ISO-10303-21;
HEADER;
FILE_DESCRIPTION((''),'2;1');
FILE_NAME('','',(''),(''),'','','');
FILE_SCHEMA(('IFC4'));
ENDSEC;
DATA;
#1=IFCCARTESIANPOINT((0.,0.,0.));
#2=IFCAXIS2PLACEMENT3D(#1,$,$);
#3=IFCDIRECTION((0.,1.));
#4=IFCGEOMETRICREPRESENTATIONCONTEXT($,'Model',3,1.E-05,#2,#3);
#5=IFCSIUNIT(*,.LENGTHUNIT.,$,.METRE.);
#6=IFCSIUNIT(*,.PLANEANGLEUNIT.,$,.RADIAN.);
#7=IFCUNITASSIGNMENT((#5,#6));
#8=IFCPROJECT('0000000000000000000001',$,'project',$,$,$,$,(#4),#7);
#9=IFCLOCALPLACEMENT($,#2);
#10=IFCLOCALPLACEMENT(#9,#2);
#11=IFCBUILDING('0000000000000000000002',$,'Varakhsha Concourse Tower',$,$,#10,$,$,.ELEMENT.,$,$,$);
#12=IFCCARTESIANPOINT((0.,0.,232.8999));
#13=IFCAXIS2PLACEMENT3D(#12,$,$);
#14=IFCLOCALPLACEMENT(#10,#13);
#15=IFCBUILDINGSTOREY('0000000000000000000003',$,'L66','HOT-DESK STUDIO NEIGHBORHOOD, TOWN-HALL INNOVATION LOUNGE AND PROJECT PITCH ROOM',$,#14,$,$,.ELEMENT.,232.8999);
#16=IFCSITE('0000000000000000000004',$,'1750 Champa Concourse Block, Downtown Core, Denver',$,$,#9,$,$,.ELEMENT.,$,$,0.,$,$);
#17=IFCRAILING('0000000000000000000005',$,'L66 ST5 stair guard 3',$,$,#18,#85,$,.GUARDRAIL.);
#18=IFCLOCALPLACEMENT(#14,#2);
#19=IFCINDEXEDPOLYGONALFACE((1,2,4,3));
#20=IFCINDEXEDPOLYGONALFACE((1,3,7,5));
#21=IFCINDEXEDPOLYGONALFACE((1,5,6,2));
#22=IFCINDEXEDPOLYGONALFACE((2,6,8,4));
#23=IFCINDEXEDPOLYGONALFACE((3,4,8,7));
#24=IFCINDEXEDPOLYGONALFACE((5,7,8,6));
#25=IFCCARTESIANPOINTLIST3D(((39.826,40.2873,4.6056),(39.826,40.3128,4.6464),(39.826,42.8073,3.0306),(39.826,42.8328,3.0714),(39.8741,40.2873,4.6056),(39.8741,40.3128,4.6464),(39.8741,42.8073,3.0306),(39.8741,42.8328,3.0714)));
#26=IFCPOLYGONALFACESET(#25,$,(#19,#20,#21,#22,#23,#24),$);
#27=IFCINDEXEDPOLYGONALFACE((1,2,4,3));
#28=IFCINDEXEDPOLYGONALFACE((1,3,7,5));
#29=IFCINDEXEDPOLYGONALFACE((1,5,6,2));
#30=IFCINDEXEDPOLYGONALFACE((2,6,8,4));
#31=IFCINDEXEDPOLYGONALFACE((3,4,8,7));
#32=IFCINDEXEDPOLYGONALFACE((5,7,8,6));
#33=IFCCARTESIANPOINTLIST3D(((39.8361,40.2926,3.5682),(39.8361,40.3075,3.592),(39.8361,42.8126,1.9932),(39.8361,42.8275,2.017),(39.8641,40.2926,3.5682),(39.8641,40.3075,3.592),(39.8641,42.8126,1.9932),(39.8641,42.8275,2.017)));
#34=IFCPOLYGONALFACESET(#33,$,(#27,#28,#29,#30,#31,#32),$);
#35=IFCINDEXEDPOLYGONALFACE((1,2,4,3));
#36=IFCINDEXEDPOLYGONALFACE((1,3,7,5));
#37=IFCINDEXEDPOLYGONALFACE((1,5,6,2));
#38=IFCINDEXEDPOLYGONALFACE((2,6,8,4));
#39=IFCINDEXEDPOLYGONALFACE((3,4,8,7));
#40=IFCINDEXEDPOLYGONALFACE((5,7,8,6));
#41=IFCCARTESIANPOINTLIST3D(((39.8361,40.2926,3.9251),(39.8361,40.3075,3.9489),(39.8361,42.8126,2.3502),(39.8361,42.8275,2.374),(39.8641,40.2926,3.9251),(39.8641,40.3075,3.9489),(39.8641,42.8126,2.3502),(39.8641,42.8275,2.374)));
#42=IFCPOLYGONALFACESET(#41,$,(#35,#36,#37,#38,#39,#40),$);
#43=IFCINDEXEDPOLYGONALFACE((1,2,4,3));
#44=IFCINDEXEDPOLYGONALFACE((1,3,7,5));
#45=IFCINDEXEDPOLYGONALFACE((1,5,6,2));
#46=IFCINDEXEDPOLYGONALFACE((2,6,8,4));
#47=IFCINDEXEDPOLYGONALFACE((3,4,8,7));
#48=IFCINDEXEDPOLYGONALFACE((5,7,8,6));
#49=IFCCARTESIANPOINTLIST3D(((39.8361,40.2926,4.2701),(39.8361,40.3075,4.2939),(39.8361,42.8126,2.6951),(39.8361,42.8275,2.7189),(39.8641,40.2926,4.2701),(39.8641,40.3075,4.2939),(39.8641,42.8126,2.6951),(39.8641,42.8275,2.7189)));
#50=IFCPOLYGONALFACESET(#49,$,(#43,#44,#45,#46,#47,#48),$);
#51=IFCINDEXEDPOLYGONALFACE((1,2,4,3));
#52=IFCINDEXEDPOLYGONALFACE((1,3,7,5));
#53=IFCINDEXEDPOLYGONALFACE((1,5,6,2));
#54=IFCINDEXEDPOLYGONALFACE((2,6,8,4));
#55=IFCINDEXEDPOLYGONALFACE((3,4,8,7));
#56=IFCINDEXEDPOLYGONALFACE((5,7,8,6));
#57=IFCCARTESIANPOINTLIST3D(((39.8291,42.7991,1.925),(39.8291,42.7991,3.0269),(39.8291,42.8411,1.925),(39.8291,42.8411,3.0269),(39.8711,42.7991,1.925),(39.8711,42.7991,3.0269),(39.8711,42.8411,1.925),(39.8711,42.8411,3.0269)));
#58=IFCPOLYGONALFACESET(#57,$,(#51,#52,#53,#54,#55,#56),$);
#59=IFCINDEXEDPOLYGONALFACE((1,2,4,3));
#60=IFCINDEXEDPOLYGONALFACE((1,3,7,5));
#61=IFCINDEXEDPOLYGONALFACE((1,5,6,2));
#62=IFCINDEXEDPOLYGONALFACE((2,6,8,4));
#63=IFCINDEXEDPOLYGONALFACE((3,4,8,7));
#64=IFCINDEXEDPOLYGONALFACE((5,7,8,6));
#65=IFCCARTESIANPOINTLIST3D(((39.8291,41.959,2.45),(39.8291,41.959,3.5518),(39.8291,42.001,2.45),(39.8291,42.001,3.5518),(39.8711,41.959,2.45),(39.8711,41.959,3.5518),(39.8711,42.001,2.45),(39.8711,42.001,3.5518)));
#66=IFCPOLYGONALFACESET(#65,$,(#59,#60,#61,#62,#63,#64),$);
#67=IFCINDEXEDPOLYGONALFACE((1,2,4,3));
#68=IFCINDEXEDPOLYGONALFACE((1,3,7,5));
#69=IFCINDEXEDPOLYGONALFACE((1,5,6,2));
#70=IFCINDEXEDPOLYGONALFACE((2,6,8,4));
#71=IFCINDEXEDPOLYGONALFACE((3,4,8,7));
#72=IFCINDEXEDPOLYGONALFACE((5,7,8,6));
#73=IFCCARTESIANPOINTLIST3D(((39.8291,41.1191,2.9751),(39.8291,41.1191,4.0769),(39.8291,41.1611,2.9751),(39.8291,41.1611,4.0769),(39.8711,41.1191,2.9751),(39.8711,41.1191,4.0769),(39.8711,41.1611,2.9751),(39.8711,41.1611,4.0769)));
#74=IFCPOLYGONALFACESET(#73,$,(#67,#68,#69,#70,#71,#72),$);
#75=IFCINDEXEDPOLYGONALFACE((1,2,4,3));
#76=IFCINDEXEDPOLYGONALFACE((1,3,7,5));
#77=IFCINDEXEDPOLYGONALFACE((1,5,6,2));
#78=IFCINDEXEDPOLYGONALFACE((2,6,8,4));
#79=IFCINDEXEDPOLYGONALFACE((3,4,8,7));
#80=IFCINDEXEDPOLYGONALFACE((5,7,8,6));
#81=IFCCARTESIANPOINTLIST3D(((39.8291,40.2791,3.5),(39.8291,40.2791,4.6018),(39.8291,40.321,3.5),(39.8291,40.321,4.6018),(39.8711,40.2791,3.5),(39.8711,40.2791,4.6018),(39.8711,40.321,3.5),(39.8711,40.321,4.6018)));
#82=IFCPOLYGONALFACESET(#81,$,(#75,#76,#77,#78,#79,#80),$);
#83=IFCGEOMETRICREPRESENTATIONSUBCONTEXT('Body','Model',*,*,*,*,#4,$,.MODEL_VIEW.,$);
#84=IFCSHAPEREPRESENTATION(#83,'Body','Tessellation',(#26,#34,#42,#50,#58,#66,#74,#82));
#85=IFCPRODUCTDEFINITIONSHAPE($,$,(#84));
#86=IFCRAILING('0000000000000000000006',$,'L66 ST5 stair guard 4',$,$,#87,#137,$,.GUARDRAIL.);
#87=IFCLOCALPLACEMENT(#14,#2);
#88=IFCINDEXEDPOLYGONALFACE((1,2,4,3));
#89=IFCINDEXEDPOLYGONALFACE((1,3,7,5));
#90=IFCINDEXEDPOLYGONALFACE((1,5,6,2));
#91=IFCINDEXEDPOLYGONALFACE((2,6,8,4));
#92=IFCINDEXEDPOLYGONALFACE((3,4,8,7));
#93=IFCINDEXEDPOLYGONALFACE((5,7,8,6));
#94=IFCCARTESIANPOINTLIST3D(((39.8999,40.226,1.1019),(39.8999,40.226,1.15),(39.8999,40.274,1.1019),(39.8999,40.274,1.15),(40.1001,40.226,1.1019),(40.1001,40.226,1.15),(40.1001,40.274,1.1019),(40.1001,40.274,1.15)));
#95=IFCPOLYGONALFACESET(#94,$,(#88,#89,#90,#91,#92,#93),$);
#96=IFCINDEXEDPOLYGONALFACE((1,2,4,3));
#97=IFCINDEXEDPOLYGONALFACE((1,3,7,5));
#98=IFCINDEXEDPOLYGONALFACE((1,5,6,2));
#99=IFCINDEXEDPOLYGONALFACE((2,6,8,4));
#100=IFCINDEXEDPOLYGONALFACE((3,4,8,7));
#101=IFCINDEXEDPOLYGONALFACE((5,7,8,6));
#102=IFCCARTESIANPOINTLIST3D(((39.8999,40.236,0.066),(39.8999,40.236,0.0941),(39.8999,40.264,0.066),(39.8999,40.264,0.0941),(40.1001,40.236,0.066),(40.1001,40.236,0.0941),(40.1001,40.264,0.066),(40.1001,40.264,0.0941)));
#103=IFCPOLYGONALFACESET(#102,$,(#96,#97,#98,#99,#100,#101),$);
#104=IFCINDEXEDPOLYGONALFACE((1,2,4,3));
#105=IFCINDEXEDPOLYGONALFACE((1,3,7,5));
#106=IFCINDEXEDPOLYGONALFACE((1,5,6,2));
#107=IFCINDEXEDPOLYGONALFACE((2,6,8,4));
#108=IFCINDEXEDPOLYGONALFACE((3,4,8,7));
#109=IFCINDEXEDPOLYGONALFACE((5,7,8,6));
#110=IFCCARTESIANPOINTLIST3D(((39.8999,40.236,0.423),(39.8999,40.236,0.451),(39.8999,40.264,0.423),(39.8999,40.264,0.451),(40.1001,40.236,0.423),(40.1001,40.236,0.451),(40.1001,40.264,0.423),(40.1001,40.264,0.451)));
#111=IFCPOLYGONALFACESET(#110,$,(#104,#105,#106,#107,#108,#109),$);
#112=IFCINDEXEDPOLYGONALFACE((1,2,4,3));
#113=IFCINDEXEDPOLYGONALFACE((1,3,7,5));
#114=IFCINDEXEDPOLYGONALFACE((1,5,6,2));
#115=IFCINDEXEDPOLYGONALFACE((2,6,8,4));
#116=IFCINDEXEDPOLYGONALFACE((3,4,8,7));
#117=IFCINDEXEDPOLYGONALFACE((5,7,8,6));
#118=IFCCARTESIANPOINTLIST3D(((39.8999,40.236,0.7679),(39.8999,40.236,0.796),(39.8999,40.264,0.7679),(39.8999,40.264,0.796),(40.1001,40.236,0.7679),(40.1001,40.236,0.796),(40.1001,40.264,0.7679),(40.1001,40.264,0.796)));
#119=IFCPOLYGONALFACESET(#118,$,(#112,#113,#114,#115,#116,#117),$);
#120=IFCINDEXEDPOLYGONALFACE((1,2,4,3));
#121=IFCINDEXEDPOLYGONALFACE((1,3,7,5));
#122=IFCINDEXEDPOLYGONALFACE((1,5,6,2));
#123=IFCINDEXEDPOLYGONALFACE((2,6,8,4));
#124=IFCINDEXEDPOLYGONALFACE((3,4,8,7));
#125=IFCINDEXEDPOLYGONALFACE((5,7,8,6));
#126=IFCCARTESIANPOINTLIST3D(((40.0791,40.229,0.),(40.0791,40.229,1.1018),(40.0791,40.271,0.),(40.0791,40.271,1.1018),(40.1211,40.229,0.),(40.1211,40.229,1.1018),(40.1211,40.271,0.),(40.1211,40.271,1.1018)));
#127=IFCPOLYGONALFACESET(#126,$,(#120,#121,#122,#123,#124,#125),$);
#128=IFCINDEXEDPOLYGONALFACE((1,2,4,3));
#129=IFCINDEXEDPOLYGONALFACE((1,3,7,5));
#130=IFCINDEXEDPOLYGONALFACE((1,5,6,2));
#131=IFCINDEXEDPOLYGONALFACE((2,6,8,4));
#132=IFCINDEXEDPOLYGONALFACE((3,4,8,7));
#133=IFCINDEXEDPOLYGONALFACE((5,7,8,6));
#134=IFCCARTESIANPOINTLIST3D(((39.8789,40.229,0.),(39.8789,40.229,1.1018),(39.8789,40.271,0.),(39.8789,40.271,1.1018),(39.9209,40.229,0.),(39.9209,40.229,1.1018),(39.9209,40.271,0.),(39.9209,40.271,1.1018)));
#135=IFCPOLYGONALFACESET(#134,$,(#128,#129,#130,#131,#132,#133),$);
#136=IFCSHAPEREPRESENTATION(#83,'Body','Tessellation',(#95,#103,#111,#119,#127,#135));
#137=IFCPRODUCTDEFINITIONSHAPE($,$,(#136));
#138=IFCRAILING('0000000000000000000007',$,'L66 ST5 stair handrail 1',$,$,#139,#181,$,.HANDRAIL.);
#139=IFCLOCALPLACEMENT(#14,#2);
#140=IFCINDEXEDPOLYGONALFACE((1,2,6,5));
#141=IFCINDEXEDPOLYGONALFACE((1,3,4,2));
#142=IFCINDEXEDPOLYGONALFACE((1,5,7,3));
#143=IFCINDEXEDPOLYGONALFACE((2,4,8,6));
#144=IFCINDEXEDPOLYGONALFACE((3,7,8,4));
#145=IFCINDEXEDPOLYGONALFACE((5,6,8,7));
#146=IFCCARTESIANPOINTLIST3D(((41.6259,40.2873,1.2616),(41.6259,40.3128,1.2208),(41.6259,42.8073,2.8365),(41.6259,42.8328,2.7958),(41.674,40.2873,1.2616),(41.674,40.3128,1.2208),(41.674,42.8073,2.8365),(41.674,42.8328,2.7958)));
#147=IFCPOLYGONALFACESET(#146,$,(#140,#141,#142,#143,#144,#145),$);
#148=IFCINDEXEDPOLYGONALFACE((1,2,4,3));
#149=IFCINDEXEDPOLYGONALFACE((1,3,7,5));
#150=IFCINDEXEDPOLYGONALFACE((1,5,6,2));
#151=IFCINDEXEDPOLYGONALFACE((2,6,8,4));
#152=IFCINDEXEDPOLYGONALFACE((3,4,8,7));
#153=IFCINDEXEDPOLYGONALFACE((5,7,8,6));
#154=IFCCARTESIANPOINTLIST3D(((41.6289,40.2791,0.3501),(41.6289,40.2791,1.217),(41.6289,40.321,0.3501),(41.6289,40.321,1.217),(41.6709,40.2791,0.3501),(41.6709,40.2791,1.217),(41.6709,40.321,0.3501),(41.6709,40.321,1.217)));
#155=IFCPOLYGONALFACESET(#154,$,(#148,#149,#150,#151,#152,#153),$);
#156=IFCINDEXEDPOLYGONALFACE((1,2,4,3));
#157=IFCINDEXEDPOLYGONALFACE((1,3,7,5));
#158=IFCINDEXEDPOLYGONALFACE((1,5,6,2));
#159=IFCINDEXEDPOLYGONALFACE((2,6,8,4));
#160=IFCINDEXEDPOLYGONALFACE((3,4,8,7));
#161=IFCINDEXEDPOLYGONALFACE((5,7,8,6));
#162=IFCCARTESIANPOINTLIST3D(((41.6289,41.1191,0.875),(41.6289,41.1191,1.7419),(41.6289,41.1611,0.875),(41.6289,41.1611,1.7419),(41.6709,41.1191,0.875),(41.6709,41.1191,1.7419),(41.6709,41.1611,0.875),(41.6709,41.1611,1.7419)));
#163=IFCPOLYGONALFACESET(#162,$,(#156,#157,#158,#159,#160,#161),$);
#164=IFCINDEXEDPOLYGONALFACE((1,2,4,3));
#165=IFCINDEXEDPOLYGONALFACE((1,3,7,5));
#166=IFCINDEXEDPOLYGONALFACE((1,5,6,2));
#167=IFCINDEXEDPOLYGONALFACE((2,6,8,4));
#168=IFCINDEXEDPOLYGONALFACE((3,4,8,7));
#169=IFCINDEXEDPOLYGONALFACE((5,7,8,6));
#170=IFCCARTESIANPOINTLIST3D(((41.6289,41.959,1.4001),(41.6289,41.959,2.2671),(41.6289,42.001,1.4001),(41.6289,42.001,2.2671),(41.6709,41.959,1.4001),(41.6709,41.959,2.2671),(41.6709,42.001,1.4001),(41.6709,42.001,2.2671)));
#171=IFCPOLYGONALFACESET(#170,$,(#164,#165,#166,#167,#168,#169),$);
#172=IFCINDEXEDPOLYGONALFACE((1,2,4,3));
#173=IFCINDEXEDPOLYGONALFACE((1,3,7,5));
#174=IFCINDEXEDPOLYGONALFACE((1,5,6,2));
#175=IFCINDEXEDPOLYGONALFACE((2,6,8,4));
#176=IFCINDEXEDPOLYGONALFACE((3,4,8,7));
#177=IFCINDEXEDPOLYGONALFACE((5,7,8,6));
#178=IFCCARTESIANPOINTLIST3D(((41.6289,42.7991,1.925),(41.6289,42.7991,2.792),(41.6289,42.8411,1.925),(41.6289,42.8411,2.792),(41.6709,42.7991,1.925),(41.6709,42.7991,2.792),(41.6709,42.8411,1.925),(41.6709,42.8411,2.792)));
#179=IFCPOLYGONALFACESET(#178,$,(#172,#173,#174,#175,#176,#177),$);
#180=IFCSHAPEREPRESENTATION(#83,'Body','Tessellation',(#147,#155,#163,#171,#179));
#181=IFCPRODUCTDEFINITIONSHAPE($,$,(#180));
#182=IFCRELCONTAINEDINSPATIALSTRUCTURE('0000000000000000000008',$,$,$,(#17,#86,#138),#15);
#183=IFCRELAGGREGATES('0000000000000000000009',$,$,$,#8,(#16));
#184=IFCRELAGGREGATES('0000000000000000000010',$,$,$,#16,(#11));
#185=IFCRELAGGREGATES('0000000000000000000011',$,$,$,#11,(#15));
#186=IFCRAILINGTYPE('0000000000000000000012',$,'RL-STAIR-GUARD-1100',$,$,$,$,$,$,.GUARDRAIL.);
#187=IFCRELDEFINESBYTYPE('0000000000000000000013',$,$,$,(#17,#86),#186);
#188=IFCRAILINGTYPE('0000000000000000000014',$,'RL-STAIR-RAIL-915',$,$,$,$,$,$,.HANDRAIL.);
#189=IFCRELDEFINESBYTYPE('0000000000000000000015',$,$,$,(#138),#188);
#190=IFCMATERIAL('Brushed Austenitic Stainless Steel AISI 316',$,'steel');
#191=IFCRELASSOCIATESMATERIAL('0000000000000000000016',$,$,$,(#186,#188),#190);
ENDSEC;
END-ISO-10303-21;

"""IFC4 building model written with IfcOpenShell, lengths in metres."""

from ifc_helpers import new_model, si_unit, direction, frame, origin, origin_2d, place, context, subcontext, project, spatial, rectangle, extrude, material, type_object, element, save


model = new_model("IFC4")

# Units and contexts
model_context = context("Model", 3, precision=1e-05, world=origin(), true_north=direction((0.0, 1.0)))
body_context = subcontext(model_context, "Body", "Model", "MODEL_VIEW")
ifc_project = project(units=[si_unit("LENGTHUNIT", "METRE"), si_unit("PLANEANGLEUNIT", "RADIAN")], contexts=[model_context])

# Site, building, storey
site_placement = place(None, origin())
site = spatial("IfcSite", under=ifc_project, at=site_placement, Name="1750 Champa Concourse Block, Downtown Core, Denver", CompositionType="ELEMENT", RefElevation=0.0)
building_placement = place(site_placement, origin())
building = spatial("IfcBuilding", under=site, at=building_placement, Name="Varakhsha Concourse Tower", CompositionType="ELEMENT")
storey_placement = place(building_placement, frame((0.0, 0.0, 232.8999)))
storey = spatial("IfcBuildingStorey", under=building, at=storey_placement, Name="L66", Description="HOT-DESK STUDIO NEIGHBORHOOD, TOWN-HALL INNOVATION LOUNGE AND PROJECT PITCH ROOM", CompositionType="ELEMENT", Elevation=232.8999)

# Railings
ifc_material_1 = material(Name="Brushed Austenitic Stainless Steel AISI 316", Category="steel")
railing_type_1 = type_object("IfcRailingType", Name="RL-STAIR-GUARD-1100", PredefinedType="GUARDRAIL", material=ifc_material_1)
railing_1_placement = place(storey_placement, frame((39.8501, 42.8201, 1.925)))
element("IfcRailing", 1, at=railing_1_placement, inside=storey, type_object=railing_type_1, Name="L66 ST5 stair guard 3", PredefinedType="GUARDRAIL", context=body_context, shape_type="SweptSolid", body=[
    extrude(rectangle(XDim=0.0481, YDim=0.0481, at=origin_2d()), frame((0.0, 0.0, 1.126), z_axis=(0.0, -0.848008, 0.529984), x_axis=(1.0, 0.0, 0.0)), (0.0, 0.0, 1.0), 2.9717),
    extrude(rectangle(XDim=0.0281, YDim=0.0281, at=origin_2d()), frame((0.0, 0.0, 0.0801), z_axis=(0.0, -0.848008, 0.529984), x_axis=(1.0, 0.0, 0.0)), (0.0, 0.0, 1.0), 2.9717),
    extrude(rectangle(XDim=0.0281, YDim=0.0281, at=origin_2d()), frame((0.0, 0.0, 0.437), z_axis=(0.0, -0.848008, 0.529984), x_axis=(1.0, 0.0, 0.0)), (0.0, 0.0, 1.0), 2.9717),
    extrude(rectangle(XDim=0.0281, YDim=0.0281, at=origin_2d()), frame((0.0, 0.0, 0.782), z_axis=(0.0, -0.848008, 0.529984), x_axis=(1.0, 0.0, 0.0)), (0.0, 0.0, 1.0), 2.9717),
    extrude(rectangle(XDim=0.042, YDim=0.042, at=origin_2d()), origin(), (0.0, 0.0, 1.0), 1.1018),
    extrude(rectangle(XDim=0.042, YDim=0.042, at=origin_2d()), frame((0.0, -0.8401, 0.5249)), (0.0, 0.0, 1.0), 1.1018),
    extrude(rectangle(XDim=0.042, YDim=0.042, at=origin_2d()), frame((0.0, -1.6799, 1.05)), (0.0, 0.0, 1.0), 1.1018),
    extrude(rectangle(XDim=0.042, YDim=0.042, at=origin_2d()), frame((0.0, -2.52, 1.575)), (0.0, 0.0, 1.0), 1.1018),
])
railing_2_placement = place(storey_placement, frame((40.1001, 40.25, 0.0)))
element("IfcRailing", 2, at=railing_2_placement, inside=storey, type_object=railing_type_1, Name="L66 ST5 stair guard 4", PredefinedType="GUARDRAIL", context=body_context, shape_type="SweptSolid", body=[
    extrude(rectangle(XDim=0.0481, YDim=0.0481, at=origin_2d()), frame((0.0, 0.0, 1.126), z_axis=(-1.0, 0.0, 0.0), x_axis=(0.0, -1.0, 0.0)), (0.0, 0.0, 1.0), 0.2002),
    extrude(rectangle(XDim=0.0281, YDim=0.0281, at=origin_2d()), frame((0.0, 0.0, 0.0801), z_axis=(-1.0, 0.0, 0.0), x_axis=(0.0, -1.0, 0.0)), (0.0, 0.0, 1.0), 0.2002),
    extrude(rectangle(XDim=0.0281, YDim=0.0281, at=origin_2d()), frame((0.0, 0.0, 0.437), z_axis=(-1.0, 0.0, 0.0), x_axis=(0.0, -1.0, 0.0)), (0.0, 0.0, 1.0), 0.2002),
    extrude(rectangle(XDim=0.0281, YDim=0.0281, at=origin_2d()), frame((0.0, 0.0, 0.782), z_axis=(-1.0, 0.0, 0.0), x_axis=(0.0, -1.0, 0.0)), (0.0, 0.0, 1.0), 0.2002),
    extrude(rectangle(XDim=0.042, YDim=0.042, at=origin_2d()), origin(), (0.0, 0.0, 1.0), 1.1018),
    extrude(rectangle(XDim=0.042, YDim=0.042, at=origin_2d()), frame((-0.2002, 0.0, 0.0)), (0.0, 0.0, 1.0), 1.1018),
])
railing_type_2 = type_object("IfcRailingType", Name="RL-STAIR-RAIL-915", PredefinedType="HANDRAIL", material=ifc_material_1)
railing_3_placement = place(storey_placement, frame((41.6499, 40.3, 0.3501)))
element("IfcRailing", 3, at=railing_3_placement, inside=storey, type_object=railing_type_2, Name="L66 ST5 stair handrail 1", PredefinedType="HANDRAIL", context=body_context, shape_type="SweptSolid", body=[
    extrude(rectangle(XDim=0.0481, YDim=0.0481, at=origin_2d()), frame((0.0, 0.0, 0.8911), z_axis=(0.0, 0.848008, 0.529984), x_axis=(-1.0, 0.0, 0.0)), (0.0, 0.0, 1.0), 2.9717),
    extrude(rectangle(XDim=0.042, YDim=0.042, at=origin_2d()), origin(), (0.0, 0.0, 1.0), 0.8669),
    extrude(rectangle(XDim=0.042, YDim=0.042, at=origin_2d()), frame((0.0, 0.8401, 0.5249)), (0.0, 0.0, 1.0), 0.8669),
    extrude(rectangle(XDim=0.042, YDim=0.042, at=origin_2d()), frame((0.0, 1.6799, 1.05)), (0.0, 0.0, 1.0), 0.8669),
    extrude(rectangle(XDim=0.042, YDim=0.042, at=origin_2d()), frame((0.0, 2.52, 1.575)), (0.0, 0.0, 1.0), 0.8669),
])

save(model, "model.ifc")
